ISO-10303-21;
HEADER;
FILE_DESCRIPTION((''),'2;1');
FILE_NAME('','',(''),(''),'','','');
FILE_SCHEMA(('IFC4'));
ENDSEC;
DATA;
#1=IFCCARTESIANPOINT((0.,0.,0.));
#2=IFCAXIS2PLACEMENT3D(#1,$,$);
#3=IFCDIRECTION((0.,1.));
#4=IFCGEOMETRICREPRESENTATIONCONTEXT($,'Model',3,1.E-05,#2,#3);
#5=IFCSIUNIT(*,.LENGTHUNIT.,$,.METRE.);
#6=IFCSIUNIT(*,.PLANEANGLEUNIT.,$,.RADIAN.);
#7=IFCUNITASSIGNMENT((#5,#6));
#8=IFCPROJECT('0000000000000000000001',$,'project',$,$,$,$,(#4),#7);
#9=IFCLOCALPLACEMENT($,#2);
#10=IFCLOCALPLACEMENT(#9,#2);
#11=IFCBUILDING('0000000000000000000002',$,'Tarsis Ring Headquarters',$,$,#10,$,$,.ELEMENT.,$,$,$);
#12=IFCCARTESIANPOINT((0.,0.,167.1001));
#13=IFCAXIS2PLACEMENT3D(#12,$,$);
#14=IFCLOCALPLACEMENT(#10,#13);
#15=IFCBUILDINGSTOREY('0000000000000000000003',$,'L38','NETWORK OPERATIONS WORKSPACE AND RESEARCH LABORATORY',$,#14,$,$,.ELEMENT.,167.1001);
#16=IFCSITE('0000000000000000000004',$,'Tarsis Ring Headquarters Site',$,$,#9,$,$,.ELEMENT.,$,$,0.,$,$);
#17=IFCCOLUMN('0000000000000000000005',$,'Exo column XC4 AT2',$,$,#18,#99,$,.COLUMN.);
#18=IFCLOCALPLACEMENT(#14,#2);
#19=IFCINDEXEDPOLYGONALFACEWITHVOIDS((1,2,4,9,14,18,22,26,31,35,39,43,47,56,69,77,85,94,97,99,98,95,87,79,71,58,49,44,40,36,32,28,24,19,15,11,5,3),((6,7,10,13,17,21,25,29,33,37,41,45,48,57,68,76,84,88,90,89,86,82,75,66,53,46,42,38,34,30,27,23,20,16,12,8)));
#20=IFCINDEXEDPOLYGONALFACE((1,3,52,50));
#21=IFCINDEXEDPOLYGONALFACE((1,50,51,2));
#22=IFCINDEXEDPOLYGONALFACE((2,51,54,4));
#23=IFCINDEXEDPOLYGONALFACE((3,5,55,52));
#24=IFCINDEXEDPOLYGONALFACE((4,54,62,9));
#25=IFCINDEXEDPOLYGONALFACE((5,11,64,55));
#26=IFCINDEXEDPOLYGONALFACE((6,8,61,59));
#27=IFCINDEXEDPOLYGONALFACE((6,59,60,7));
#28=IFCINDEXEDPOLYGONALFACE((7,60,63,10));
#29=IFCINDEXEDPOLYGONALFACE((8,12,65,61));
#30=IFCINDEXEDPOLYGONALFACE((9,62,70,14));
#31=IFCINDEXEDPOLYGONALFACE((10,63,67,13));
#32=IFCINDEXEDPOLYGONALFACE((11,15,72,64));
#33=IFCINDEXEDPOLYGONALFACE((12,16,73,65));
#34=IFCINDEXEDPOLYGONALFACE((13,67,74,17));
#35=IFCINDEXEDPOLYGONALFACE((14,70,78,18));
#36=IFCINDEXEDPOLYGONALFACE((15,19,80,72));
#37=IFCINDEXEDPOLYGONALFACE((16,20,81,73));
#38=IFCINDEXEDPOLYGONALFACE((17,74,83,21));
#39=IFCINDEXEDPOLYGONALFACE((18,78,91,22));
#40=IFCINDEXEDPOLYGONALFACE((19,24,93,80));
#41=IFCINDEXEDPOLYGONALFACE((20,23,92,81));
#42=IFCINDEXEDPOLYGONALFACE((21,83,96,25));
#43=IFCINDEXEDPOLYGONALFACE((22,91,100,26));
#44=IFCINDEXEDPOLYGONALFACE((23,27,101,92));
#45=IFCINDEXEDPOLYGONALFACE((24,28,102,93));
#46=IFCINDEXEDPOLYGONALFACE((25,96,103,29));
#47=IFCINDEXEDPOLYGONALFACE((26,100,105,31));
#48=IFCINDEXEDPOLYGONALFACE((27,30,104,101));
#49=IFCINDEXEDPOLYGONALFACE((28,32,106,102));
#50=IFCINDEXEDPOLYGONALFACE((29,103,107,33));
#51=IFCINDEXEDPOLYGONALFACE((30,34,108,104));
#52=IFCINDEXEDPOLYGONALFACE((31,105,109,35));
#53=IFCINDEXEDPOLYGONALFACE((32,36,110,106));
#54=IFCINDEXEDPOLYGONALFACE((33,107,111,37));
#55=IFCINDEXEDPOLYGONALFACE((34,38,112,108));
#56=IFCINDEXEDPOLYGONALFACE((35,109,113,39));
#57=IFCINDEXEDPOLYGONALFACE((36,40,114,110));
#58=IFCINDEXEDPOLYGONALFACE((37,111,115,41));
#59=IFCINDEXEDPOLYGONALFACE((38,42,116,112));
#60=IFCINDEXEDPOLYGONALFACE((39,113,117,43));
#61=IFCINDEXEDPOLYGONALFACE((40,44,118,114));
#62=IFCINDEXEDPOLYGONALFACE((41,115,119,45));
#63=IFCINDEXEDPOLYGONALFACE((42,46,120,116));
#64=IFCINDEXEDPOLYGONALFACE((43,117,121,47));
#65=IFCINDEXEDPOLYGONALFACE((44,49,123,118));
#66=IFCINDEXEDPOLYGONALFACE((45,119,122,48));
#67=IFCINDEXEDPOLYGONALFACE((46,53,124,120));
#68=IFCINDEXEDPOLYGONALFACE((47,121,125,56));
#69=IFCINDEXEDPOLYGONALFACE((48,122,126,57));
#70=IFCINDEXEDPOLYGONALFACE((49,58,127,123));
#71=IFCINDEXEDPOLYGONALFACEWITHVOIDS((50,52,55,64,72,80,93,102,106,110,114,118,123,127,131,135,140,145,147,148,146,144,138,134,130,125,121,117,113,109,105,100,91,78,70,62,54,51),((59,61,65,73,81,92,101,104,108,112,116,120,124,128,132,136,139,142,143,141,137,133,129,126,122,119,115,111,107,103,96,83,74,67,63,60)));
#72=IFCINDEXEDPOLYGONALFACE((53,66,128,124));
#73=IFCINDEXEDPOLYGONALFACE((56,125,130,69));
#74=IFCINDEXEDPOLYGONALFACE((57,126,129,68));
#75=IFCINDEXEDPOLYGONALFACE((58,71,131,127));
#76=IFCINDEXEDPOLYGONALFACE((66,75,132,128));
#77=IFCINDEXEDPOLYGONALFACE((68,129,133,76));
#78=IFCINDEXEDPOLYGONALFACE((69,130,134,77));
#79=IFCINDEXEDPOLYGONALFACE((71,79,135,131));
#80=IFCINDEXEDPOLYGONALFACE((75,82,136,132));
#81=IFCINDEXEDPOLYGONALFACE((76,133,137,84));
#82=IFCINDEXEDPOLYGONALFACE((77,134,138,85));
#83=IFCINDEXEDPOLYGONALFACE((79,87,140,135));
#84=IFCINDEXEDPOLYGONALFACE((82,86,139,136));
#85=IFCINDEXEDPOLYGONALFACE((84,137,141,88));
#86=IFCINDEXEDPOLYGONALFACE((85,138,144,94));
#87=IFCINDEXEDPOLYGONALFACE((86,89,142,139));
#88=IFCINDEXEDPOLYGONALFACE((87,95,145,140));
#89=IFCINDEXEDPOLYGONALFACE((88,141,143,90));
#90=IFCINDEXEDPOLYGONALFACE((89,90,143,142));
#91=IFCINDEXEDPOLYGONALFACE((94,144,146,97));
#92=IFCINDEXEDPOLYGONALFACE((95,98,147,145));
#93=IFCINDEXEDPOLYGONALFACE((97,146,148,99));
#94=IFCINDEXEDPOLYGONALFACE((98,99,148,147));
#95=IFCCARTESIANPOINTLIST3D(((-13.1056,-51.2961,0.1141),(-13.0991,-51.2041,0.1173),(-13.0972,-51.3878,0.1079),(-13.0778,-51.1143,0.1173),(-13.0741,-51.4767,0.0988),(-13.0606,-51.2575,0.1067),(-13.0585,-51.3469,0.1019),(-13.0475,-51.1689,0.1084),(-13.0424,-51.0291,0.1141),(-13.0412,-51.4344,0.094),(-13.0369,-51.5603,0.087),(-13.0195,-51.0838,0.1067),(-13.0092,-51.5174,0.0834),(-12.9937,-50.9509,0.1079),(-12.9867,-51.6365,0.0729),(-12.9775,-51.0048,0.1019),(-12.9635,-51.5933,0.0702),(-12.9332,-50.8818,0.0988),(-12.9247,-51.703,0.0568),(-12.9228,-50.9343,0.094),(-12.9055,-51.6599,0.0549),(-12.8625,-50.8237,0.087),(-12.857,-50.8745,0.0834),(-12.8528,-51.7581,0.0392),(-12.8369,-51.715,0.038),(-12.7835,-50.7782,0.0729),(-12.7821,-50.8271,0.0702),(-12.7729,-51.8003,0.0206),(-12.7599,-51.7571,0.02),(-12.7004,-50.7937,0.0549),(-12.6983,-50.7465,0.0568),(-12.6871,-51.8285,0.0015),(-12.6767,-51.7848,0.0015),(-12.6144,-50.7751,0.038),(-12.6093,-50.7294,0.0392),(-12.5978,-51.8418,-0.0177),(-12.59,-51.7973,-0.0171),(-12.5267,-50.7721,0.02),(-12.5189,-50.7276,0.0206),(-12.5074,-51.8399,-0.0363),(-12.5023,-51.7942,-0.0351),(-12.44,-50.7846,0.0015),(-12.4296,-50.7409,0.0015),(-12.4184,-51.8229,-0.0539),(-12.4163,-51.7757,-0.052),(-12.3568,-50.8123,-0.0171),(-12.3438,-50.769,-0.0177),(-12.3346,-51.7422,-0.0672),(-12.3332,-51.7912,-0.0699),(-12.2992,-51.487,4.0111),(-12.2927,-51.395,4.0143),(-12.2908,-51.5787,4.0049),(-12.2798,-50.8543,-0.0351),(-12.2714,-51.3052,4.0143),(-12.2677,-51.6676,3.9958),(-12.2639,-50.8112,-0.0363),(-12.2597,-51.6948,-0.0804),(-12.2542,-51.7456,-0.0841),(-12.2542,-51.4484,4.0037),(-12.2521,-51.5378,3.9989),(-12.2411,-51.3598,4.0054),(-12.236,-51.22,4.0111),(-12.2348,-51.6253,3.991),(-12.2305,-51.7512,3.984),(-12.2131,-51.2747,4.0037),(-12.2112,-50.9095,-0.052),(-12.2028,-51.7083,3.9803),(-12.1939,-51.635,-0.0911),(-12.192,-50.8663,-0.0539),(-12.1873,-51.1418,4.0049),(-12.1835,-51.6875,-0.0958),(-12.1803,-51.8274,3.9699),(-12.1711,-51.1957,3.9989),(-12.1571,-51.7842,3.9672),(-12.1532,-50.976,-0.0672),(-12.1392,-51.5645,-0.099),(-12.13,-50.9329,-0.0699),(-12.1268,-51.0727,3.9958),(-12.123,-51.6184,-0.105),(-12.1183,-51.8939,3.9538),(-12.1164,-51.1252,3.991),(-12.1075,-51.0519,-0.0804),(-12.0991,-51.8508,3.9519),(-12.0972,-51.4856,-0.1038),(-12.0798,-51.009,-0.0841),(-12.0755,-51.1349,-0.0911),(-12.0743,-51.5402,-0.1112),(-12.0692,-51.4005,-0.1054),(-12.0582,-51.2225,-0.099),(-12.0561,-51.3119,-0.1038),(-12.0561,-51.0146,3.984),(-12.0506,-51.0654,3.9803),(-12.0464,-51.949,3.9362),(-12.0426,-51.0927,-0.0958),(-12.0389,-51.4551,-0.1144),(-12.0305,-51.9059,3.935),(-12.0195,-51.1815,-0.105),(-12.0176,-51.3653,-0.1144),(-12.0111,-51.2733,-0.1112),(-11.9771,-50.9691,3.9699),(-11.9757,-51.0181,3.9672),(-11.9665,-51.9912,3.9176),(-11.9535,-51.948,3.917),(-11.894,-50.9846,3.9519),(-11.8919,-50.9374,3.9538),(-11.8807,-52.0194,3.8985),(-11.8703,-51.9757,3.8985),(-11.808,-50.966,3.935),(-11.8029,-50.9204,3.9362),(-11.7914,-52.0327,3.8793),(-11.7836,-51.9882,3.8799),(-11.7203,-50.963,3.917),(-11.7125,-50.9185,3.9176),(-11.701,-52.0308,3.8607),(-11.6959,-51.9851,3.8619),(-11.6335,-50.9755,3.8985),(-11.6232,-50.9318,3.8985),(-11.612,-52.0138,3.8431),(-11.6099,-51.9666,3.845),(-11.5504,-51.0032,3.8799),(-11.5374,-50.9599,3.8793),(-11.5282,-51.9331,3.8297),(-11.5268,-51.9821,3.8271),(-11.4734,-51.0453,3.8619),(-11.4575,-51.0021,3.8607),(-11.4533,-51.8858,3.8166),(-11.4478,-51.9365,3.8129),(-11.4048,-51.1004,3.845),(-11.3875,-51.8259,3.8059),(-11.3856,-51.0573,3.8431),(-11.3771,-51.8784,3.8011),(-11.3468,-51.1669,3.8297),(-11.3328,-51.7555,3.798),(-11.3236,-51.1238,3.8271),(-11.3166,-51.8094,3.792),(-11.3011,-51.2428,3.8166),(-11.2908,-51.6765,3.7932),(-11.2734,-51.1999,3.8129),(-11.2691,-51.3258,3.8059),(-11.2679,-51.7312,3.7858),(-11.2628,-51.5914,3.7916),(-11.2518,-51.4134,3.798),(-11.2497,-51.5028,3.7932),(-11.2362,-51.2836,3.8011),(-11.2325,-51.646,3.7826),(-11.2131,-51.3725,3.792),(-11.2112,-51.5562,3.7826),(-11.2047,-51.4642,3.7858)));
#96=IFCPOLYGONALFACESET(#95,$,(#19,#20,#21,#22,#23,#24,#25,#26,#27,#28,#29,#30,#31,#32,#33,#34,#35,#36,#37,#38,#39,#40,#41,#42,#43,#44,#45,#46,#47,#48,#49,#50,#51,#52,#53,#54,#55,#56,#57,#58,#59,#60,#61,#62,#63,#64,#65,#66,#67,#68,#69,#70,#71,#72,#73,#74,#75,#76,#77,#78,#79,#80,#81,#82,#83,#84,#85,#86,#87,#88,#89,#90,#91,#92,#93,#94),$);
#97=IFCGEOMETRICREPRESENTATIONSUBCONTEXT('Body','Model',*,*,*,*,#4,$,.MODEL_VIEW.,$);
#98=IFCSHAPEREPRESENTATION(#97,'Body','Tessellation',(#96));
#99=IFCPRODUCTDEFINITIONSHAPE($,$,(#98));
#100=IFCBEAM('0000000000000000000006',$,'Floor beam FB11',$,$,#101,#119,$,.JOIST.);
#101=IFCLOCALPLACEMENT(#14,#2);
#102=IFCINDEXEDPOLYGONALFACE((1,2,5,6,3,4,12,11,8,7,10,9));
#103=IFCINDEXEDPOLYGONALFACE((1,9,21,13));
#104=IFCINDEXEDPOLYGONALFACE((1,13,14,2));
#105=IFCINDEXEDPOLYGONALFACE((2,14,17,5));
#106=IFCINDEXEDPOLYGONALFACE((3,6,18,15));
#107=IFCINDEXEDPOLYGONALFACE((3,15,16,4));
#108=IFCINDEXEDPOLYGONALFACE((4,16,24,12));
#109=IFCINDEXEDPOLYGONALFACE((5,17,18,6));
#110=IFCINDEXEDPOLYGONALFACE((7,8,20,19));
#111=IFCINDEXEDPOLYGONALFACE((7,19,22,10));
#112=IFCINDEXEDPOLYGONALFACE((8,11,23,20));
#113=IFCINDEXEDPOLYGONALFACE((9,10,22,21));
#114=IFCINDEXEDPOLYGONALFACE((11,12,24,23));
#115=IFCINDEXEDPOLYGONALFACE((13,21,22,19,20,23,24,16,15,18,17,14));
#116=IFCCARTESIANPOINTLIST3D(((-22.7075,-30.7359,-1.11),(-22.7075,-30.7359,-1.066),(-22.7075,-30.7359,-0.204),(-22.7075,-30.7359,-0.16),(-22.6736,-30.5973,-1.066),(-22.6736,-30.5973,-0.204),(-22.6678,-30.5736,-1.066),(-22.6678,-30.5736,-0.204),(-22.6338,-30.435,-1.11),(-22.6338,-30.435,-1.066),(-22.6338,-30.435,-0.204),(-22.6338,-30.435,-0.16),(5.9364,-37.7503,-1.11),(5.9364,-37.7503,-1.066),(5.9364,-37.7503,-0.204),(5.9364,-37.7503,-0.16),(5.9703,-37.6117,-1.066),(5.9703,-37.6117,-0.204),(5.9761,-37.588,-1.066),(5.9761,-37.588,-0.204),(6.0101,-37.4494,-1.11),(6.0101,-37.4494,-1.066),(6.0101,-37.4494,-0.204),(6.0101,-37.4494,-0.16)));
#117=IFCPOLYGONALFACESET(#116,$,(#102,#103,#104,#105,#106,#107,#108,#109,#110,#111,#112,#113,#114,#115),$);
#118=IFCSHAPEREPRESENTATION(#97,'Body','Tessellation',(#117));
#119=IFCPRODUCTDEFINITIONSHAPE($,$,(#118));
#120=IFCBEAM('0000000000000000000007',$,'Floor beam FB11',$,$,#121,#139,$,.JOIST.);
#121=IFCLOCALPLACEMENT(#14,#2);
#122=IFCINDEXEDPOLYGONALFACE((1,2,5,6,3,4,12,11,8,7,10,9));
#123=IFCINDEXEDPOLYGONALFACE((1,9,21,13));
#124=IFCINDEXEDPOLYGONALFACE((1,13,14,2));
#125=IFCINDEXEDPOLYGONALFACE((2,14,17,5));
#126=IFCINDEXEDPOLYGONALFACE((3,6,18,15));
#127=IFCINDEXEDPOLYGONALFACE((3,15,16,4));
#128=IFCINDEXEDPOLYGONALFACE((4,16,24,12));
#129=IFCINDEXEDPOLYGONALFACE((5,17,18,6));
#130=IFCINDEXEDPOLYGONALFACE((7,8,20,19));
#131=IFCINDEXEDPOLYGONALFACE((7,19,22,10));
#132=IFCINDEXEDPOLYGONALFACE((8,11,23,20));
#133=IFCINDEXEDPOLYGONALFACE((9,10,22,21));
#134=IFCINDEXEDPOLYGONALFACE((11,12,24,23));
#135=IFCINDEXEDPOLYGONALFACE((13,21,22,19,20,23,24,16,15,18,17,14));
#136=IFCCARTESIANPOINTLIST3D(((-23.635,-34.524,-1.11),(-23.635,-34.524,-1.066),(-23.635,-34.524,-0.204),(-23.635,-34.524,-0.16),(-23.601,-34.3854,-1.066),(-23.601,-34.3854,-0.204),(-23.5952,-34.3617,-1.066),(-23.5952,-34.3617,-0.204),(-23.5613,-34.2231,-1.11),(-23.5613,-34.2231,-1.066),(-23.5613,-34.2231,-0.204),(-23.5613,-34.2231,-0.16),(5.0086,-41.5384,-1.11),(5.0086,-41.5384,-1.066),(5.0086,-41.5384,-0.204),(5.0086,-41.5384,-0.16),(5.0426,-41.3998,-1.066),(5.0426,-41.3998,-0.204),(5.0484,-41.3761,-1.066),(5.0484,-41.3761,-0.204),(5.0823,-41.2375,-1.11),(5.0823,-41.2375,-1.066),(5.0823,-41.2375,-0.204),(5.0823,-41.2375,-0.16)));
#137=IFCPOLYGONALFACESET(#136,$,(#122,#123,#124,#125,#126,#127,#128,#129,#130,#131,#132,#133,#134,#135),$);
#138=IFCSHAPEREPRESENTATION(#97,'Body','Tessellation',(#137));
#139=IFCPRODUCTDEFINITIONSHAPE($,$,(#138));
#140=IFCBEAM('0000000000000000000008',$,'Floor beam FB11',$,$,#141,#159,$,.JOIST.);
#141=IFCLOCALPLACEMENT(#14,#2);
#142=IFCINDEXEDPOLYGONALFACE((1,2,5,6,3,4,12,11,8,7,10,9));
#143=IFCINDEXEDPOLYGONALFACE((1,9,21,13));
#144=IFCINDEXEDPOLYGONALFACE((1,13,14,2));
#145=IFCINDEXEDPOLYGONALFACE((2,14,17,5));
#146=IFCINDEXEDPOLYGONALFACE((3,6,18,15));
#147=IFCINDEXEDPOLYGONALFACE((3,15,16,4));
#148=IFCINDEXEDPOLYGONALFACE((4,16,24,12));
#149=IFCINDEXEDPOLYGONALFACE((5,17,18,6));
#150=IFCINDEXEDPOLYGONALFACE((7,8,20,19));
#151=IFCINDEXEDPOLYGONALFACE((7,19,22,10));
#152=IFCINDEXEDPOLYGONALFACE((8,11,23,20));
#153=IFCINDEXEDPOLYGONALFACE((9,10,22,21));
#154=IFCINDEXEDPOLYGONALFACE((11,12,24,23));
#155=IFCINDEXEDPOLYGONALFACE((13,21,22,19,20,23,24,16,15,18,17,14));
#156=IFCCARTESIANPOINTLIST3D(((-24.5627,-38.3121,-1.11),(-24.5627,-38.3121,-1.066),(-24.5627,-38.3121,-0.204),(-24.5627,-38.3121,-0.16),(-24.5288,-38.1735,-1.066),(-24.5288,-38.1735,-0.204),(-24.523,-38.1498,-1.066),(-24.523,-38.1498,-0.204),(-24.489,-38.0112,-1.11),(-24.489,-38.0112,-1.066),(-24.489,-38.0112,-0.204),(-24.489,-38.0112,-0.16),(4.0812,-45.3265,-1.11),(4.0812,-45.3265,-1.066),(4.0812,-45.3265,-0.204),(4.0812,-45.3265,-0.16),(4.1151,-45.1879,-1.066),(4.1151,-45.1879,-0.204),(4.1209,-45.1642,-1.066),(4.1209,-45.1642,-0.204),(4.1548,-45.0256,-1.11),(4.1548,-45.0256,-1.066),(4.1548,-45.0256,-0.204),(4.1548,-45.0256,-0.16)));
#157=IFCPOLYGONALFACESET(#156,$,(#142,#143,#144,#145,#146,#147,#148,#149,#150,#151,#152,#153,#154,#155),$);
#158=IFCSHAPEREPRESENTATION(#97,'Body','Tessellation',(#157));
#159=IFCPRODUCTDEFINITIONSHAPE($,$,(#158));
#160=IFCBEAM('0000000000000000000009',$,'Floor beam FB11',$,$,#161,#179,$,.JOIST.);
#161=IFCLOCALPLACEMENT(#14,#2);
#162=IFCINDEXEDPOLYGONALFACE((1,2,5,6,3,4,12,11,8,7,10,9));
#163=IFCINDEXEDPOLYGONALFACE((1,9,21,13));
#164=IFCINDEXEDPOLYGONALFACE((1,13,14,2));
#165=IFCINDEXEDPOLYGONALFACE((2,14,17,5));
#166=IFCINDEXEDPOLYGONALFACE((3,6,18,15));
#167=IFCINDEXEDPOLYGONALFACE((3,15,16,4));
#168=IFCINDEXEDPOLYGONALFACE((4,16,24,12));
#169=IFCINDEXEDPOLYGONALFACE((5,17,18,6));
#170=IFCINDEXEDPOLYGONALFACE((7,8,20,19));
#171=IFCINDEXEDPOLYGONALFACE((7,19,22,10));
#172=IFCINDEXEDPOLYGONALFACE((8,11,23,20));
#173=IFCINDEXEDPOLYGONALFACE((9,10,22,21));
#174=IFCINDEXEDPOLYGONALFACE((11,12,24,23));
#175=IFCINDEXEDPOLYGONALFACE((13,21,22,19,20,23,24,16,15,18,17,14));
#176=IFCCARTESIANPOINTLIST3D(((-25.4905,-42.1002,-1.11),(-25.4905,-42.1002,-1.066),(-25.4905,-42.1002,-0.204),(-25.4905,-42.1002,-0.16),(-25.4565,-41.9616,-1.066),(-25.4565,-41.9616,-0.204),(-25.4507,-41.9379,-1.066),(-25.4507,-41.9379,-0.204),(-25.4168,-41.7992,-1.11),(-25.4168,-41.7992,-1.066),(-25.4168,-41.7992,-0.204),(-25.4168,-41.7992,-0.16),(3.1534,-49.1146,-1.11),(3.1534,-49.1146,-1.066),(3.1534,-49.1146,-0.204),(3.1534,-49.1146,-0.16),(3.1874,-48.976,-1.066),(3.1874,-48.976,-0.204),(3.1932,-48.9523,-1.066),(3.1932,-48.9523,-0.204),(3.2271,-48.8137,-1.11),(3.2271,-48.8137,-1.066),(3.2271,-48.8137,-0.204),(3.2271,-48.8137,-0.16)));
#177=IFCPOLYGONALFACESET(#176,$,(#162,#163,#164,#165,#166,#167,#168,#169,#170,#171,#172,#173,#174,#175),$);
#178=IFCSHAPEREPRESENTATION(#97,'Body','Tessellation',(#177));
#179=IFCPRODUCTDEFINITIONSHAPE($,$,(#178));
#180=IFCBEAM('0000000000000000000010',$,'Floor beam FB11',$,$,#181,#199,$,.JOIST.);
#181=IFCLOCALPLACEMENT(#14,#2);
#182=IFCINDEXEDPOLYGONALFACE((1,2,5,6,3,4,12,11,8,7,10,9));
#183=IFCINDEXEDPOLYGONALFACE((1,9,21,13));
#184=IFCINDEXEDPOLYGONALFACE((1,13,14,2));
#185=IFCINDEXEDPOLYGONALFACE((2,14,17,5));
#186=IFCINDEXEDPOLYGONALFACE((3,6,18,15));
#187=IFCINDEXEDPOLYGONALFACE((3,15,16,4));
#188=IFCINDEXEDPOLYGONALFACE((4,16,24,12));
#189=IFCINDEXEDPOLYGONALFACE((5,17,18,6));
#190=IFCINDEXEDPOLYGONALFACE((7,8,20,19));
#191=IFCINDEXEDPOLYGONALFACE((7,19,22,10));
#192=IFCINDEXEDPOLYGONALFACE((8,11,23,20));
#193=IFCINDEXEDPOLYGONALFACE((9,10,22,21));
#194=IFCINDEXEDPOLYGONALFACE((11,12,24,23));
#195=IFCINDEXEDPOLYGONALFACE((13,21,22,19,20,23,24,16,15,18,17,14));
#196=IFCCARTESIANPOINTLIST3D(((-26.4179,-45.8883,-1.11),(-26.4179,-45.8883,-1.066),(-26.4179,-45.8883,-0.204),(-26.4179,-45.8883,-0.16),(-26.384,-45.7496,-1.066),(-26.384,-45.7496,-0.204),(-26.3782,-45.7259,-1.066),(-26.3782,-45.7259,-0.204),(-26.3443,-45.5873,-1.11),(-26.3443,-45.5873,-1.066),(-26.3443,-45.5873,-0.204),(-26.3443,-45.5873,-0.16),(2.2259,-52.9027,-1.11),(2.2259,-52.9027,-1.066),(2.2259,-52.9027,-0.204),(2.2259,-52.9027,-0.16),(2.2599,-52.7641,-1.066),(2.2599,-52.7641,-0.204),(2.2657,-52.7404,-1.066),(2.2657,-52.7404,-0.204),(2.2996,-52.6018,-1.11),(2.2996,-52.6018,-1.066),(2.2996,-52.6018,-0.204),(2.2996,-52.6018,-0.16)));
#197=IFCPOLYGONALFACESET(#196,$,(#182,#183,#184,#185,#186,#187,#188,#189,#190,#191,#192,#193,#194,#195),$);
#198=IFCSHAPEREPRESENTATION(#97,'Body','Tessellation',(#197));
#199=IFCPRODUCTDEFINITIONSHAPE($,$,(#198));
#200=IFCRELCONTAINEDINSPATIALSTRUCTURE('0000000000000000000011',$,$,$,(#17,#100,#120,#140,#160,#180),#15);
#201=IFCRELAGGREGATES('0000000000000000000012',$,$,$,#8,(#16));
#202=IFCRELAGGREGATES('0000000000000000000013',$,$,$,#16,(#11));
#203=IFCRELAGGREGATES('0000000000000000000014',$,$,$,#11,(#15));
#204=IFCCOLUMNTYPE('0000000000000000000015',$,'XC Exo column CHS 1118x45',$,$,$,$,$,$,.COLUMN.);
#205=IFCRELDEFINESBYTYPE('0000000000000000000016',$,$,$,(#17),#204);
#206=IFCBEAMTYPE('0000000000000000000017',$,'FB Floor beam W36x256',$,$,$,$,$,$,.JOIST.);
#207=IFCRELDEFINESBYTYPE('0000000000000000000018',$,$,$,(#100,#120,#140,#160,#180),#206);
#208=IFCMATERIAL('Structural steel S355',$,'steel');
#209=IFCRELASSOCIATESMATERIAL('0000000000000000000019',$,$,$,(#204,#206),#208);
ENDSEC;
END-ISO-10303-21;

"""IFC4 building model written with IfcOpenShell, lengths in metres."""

from ifc_helpers import new_model, si_unit, direction, frame, origin, origin_2d, place, context, subcontext, project, spatial, hollow_circle, i_section, extrude, material, material_profile, profile_set, type_object, element, save


model = new_model("IFC4")

# Units and contexts
model_context = context("Model", 3, precision=1e-05, world=origin(), true_north=direction((0.0, 1.0)))
body_context = subcontext(model_context, "Body", "Model", "MODEL_VIEW")
ifc_project = project(units=[si_unit("LENGTHUNIT", "METRE"), si_unit("PLANEANGLEUNIT", "RADIAN")], contexts=[model_context])

# Site, building, storey
site_placement = place(None, origin())
site = spatial("IfcSite", under=ifc_project, at=site_placement, Name="Tarsis Ring Headquarters Site", CompositionType="ELEMENT", RefElevation=0.0)
building_placement = place(site_placement, origin())
building = spatial("IfcBuilding", under=site, at=building_placement, Name="Tarsis Ring Headquarters", CompositionType="ELEMENT")
storey_placement = place(building_placement, frame((0.0, 0.0, 167.1001)))
storey = spatial("IfcBuildingStorey", under=building, at=storey_placement, Name="L38", Description="NETWORK OPERATIONS WORKSPACE AND RESEARCH LABORATORY", CompositionType="ELEMENT", Elevation=167.1001)

# Column
ifc_material_1 = material(Name="Structural steel S355", Category="steel")
ifc_material_profile_1 = material_profile(ifc_material_1, hollow_circle(Radius=0.5588, WallThickness=0.0449, at=origin_2d()), Name="CHS 1118x45")
ifc_profile_set_1 = profile_set([ifc_material_profile_1], Name="Structural steel S355")
column_type = type_object("IfcColumnType", Name="XC Exo column CHS 1118x45", PredefinedType="COLUMN", material=ifc_profile_set_1)
column_1_placement = place(storey_placement, frame((-12.5583, -51.2847, 0.0015), z_axis=(0.202403, -0.04792, 0.978129), x_axis=(0.230386, 0.973099, 0.0)))
element("IfcColumn", 1, at=column_1_placement, inside=storey, type_object=column_type, Name="Exo column XC4 AT2", PredefinedType="COLUMN", context=body_context, shape_type="SweptSolid", body=[
    extrude(hollow_circle(Radius=0.5588, WallThickness=0.0449, at=origin_2d()), origin(), (0.0, 0.0, 1.0), 3.9841),
])

# Beams
ifc_material_profile_2 = material_profile(ifc_material_1, i_section(OverallWidth=0.3098, OverallDepth=0.95, WebThickness=0.0244, FlangeThickness=0.0439, at=origin_2d()), Name="W36x256")
ifc_profile_set_2 = profile_set([ifc_material_profile_2], Name="Structural steel S355")
beam_type_1 = type_object("IfcBeamType", Name="FB Floor beam W36x256", PredefinedType="JOIST", material=ifc_profile_set_2)
beam_1_placement = place(storey_placement, frame((-22.6707, -30.5854, -0.635), z_axis=(0.9713, -0.237856, 0.0), x_axis=(0.237856, 0.9713, 0.0)))
element("IfcBeam", 2, at=beam_1_placement, inside=storey, type_object=beam_type_1, Name="Floor beam FB11", PredefinedType="JOIST", context=body_context, shape_type="SweptSolid", body=[
    extrude(i_section(OverallWidth=0.3098, OverallDepth=0.95, WebThickness=0.0244, FlangeThickness=0.0439, at=origin_2d()), origin(), (0.0, 0.0, 1.0), 29.4902),
])
beam_2_placement = place(storey_placement, frame((-23.5981, -34.3735, -0.635), z_axis=(0.9713, -0.237858, 0.0), x_axis=(0.237858, 0.9713, 0.0)))
element("IfcBeam", 3, at=beam_2_placement, inside=storey, type_object=beam_type_1, Name="Floor beam FB11", PredefinedType="JOIST", context=body_context, shape_type="SweptSolid", body=[
    extrude(i_section(OverallWidth=0.3098, OverallDepth=0.95, WebThickness=0.0244, FlangeThickness=0.0439, at=origin_2d()), origin(), (0.0, 0.0, 1.0), 29.49),
])
for number, where, z_axis, x_axis, name in (
    (4, (-24.5259, -38.1616, -0.635), (0.9713, -0.237856, 0.0), (0.237856, 0.9713, 0.0), "Floor beam FB11"),
    (5, (-25.4536, -41.9497, -0.635), (0.9713, -0.237856, 0.0), (0.237856, 0.9713, 0.0), "Floor beam FB11"),
    (6, (-26.3811, -45.7378, -0.635), (0.9713, -0.237856, 0.0), (0.237856, 0.9713, 0.0), "Floor beam FB11"),
):
    element("IfcBeam", number, at=place(storey_placement, frame(where, z_axis=z_axis, x_axis=x_axis)), inside=storey, type_object=beam_type_1, Name=name, PredefinedType="JOIST", context=body_context, shape_type="SweptSolid", body=[
        extrude(i_section(OverallWidth=0.3098, OverallDepth=0.95, WebThickness=0.0244, FlangeThickness=0.0439, at=origin_2d()), origin(), (0.0, 0.0, 1.0), 29.4902),
    ])

save(model, "model.ifc")
